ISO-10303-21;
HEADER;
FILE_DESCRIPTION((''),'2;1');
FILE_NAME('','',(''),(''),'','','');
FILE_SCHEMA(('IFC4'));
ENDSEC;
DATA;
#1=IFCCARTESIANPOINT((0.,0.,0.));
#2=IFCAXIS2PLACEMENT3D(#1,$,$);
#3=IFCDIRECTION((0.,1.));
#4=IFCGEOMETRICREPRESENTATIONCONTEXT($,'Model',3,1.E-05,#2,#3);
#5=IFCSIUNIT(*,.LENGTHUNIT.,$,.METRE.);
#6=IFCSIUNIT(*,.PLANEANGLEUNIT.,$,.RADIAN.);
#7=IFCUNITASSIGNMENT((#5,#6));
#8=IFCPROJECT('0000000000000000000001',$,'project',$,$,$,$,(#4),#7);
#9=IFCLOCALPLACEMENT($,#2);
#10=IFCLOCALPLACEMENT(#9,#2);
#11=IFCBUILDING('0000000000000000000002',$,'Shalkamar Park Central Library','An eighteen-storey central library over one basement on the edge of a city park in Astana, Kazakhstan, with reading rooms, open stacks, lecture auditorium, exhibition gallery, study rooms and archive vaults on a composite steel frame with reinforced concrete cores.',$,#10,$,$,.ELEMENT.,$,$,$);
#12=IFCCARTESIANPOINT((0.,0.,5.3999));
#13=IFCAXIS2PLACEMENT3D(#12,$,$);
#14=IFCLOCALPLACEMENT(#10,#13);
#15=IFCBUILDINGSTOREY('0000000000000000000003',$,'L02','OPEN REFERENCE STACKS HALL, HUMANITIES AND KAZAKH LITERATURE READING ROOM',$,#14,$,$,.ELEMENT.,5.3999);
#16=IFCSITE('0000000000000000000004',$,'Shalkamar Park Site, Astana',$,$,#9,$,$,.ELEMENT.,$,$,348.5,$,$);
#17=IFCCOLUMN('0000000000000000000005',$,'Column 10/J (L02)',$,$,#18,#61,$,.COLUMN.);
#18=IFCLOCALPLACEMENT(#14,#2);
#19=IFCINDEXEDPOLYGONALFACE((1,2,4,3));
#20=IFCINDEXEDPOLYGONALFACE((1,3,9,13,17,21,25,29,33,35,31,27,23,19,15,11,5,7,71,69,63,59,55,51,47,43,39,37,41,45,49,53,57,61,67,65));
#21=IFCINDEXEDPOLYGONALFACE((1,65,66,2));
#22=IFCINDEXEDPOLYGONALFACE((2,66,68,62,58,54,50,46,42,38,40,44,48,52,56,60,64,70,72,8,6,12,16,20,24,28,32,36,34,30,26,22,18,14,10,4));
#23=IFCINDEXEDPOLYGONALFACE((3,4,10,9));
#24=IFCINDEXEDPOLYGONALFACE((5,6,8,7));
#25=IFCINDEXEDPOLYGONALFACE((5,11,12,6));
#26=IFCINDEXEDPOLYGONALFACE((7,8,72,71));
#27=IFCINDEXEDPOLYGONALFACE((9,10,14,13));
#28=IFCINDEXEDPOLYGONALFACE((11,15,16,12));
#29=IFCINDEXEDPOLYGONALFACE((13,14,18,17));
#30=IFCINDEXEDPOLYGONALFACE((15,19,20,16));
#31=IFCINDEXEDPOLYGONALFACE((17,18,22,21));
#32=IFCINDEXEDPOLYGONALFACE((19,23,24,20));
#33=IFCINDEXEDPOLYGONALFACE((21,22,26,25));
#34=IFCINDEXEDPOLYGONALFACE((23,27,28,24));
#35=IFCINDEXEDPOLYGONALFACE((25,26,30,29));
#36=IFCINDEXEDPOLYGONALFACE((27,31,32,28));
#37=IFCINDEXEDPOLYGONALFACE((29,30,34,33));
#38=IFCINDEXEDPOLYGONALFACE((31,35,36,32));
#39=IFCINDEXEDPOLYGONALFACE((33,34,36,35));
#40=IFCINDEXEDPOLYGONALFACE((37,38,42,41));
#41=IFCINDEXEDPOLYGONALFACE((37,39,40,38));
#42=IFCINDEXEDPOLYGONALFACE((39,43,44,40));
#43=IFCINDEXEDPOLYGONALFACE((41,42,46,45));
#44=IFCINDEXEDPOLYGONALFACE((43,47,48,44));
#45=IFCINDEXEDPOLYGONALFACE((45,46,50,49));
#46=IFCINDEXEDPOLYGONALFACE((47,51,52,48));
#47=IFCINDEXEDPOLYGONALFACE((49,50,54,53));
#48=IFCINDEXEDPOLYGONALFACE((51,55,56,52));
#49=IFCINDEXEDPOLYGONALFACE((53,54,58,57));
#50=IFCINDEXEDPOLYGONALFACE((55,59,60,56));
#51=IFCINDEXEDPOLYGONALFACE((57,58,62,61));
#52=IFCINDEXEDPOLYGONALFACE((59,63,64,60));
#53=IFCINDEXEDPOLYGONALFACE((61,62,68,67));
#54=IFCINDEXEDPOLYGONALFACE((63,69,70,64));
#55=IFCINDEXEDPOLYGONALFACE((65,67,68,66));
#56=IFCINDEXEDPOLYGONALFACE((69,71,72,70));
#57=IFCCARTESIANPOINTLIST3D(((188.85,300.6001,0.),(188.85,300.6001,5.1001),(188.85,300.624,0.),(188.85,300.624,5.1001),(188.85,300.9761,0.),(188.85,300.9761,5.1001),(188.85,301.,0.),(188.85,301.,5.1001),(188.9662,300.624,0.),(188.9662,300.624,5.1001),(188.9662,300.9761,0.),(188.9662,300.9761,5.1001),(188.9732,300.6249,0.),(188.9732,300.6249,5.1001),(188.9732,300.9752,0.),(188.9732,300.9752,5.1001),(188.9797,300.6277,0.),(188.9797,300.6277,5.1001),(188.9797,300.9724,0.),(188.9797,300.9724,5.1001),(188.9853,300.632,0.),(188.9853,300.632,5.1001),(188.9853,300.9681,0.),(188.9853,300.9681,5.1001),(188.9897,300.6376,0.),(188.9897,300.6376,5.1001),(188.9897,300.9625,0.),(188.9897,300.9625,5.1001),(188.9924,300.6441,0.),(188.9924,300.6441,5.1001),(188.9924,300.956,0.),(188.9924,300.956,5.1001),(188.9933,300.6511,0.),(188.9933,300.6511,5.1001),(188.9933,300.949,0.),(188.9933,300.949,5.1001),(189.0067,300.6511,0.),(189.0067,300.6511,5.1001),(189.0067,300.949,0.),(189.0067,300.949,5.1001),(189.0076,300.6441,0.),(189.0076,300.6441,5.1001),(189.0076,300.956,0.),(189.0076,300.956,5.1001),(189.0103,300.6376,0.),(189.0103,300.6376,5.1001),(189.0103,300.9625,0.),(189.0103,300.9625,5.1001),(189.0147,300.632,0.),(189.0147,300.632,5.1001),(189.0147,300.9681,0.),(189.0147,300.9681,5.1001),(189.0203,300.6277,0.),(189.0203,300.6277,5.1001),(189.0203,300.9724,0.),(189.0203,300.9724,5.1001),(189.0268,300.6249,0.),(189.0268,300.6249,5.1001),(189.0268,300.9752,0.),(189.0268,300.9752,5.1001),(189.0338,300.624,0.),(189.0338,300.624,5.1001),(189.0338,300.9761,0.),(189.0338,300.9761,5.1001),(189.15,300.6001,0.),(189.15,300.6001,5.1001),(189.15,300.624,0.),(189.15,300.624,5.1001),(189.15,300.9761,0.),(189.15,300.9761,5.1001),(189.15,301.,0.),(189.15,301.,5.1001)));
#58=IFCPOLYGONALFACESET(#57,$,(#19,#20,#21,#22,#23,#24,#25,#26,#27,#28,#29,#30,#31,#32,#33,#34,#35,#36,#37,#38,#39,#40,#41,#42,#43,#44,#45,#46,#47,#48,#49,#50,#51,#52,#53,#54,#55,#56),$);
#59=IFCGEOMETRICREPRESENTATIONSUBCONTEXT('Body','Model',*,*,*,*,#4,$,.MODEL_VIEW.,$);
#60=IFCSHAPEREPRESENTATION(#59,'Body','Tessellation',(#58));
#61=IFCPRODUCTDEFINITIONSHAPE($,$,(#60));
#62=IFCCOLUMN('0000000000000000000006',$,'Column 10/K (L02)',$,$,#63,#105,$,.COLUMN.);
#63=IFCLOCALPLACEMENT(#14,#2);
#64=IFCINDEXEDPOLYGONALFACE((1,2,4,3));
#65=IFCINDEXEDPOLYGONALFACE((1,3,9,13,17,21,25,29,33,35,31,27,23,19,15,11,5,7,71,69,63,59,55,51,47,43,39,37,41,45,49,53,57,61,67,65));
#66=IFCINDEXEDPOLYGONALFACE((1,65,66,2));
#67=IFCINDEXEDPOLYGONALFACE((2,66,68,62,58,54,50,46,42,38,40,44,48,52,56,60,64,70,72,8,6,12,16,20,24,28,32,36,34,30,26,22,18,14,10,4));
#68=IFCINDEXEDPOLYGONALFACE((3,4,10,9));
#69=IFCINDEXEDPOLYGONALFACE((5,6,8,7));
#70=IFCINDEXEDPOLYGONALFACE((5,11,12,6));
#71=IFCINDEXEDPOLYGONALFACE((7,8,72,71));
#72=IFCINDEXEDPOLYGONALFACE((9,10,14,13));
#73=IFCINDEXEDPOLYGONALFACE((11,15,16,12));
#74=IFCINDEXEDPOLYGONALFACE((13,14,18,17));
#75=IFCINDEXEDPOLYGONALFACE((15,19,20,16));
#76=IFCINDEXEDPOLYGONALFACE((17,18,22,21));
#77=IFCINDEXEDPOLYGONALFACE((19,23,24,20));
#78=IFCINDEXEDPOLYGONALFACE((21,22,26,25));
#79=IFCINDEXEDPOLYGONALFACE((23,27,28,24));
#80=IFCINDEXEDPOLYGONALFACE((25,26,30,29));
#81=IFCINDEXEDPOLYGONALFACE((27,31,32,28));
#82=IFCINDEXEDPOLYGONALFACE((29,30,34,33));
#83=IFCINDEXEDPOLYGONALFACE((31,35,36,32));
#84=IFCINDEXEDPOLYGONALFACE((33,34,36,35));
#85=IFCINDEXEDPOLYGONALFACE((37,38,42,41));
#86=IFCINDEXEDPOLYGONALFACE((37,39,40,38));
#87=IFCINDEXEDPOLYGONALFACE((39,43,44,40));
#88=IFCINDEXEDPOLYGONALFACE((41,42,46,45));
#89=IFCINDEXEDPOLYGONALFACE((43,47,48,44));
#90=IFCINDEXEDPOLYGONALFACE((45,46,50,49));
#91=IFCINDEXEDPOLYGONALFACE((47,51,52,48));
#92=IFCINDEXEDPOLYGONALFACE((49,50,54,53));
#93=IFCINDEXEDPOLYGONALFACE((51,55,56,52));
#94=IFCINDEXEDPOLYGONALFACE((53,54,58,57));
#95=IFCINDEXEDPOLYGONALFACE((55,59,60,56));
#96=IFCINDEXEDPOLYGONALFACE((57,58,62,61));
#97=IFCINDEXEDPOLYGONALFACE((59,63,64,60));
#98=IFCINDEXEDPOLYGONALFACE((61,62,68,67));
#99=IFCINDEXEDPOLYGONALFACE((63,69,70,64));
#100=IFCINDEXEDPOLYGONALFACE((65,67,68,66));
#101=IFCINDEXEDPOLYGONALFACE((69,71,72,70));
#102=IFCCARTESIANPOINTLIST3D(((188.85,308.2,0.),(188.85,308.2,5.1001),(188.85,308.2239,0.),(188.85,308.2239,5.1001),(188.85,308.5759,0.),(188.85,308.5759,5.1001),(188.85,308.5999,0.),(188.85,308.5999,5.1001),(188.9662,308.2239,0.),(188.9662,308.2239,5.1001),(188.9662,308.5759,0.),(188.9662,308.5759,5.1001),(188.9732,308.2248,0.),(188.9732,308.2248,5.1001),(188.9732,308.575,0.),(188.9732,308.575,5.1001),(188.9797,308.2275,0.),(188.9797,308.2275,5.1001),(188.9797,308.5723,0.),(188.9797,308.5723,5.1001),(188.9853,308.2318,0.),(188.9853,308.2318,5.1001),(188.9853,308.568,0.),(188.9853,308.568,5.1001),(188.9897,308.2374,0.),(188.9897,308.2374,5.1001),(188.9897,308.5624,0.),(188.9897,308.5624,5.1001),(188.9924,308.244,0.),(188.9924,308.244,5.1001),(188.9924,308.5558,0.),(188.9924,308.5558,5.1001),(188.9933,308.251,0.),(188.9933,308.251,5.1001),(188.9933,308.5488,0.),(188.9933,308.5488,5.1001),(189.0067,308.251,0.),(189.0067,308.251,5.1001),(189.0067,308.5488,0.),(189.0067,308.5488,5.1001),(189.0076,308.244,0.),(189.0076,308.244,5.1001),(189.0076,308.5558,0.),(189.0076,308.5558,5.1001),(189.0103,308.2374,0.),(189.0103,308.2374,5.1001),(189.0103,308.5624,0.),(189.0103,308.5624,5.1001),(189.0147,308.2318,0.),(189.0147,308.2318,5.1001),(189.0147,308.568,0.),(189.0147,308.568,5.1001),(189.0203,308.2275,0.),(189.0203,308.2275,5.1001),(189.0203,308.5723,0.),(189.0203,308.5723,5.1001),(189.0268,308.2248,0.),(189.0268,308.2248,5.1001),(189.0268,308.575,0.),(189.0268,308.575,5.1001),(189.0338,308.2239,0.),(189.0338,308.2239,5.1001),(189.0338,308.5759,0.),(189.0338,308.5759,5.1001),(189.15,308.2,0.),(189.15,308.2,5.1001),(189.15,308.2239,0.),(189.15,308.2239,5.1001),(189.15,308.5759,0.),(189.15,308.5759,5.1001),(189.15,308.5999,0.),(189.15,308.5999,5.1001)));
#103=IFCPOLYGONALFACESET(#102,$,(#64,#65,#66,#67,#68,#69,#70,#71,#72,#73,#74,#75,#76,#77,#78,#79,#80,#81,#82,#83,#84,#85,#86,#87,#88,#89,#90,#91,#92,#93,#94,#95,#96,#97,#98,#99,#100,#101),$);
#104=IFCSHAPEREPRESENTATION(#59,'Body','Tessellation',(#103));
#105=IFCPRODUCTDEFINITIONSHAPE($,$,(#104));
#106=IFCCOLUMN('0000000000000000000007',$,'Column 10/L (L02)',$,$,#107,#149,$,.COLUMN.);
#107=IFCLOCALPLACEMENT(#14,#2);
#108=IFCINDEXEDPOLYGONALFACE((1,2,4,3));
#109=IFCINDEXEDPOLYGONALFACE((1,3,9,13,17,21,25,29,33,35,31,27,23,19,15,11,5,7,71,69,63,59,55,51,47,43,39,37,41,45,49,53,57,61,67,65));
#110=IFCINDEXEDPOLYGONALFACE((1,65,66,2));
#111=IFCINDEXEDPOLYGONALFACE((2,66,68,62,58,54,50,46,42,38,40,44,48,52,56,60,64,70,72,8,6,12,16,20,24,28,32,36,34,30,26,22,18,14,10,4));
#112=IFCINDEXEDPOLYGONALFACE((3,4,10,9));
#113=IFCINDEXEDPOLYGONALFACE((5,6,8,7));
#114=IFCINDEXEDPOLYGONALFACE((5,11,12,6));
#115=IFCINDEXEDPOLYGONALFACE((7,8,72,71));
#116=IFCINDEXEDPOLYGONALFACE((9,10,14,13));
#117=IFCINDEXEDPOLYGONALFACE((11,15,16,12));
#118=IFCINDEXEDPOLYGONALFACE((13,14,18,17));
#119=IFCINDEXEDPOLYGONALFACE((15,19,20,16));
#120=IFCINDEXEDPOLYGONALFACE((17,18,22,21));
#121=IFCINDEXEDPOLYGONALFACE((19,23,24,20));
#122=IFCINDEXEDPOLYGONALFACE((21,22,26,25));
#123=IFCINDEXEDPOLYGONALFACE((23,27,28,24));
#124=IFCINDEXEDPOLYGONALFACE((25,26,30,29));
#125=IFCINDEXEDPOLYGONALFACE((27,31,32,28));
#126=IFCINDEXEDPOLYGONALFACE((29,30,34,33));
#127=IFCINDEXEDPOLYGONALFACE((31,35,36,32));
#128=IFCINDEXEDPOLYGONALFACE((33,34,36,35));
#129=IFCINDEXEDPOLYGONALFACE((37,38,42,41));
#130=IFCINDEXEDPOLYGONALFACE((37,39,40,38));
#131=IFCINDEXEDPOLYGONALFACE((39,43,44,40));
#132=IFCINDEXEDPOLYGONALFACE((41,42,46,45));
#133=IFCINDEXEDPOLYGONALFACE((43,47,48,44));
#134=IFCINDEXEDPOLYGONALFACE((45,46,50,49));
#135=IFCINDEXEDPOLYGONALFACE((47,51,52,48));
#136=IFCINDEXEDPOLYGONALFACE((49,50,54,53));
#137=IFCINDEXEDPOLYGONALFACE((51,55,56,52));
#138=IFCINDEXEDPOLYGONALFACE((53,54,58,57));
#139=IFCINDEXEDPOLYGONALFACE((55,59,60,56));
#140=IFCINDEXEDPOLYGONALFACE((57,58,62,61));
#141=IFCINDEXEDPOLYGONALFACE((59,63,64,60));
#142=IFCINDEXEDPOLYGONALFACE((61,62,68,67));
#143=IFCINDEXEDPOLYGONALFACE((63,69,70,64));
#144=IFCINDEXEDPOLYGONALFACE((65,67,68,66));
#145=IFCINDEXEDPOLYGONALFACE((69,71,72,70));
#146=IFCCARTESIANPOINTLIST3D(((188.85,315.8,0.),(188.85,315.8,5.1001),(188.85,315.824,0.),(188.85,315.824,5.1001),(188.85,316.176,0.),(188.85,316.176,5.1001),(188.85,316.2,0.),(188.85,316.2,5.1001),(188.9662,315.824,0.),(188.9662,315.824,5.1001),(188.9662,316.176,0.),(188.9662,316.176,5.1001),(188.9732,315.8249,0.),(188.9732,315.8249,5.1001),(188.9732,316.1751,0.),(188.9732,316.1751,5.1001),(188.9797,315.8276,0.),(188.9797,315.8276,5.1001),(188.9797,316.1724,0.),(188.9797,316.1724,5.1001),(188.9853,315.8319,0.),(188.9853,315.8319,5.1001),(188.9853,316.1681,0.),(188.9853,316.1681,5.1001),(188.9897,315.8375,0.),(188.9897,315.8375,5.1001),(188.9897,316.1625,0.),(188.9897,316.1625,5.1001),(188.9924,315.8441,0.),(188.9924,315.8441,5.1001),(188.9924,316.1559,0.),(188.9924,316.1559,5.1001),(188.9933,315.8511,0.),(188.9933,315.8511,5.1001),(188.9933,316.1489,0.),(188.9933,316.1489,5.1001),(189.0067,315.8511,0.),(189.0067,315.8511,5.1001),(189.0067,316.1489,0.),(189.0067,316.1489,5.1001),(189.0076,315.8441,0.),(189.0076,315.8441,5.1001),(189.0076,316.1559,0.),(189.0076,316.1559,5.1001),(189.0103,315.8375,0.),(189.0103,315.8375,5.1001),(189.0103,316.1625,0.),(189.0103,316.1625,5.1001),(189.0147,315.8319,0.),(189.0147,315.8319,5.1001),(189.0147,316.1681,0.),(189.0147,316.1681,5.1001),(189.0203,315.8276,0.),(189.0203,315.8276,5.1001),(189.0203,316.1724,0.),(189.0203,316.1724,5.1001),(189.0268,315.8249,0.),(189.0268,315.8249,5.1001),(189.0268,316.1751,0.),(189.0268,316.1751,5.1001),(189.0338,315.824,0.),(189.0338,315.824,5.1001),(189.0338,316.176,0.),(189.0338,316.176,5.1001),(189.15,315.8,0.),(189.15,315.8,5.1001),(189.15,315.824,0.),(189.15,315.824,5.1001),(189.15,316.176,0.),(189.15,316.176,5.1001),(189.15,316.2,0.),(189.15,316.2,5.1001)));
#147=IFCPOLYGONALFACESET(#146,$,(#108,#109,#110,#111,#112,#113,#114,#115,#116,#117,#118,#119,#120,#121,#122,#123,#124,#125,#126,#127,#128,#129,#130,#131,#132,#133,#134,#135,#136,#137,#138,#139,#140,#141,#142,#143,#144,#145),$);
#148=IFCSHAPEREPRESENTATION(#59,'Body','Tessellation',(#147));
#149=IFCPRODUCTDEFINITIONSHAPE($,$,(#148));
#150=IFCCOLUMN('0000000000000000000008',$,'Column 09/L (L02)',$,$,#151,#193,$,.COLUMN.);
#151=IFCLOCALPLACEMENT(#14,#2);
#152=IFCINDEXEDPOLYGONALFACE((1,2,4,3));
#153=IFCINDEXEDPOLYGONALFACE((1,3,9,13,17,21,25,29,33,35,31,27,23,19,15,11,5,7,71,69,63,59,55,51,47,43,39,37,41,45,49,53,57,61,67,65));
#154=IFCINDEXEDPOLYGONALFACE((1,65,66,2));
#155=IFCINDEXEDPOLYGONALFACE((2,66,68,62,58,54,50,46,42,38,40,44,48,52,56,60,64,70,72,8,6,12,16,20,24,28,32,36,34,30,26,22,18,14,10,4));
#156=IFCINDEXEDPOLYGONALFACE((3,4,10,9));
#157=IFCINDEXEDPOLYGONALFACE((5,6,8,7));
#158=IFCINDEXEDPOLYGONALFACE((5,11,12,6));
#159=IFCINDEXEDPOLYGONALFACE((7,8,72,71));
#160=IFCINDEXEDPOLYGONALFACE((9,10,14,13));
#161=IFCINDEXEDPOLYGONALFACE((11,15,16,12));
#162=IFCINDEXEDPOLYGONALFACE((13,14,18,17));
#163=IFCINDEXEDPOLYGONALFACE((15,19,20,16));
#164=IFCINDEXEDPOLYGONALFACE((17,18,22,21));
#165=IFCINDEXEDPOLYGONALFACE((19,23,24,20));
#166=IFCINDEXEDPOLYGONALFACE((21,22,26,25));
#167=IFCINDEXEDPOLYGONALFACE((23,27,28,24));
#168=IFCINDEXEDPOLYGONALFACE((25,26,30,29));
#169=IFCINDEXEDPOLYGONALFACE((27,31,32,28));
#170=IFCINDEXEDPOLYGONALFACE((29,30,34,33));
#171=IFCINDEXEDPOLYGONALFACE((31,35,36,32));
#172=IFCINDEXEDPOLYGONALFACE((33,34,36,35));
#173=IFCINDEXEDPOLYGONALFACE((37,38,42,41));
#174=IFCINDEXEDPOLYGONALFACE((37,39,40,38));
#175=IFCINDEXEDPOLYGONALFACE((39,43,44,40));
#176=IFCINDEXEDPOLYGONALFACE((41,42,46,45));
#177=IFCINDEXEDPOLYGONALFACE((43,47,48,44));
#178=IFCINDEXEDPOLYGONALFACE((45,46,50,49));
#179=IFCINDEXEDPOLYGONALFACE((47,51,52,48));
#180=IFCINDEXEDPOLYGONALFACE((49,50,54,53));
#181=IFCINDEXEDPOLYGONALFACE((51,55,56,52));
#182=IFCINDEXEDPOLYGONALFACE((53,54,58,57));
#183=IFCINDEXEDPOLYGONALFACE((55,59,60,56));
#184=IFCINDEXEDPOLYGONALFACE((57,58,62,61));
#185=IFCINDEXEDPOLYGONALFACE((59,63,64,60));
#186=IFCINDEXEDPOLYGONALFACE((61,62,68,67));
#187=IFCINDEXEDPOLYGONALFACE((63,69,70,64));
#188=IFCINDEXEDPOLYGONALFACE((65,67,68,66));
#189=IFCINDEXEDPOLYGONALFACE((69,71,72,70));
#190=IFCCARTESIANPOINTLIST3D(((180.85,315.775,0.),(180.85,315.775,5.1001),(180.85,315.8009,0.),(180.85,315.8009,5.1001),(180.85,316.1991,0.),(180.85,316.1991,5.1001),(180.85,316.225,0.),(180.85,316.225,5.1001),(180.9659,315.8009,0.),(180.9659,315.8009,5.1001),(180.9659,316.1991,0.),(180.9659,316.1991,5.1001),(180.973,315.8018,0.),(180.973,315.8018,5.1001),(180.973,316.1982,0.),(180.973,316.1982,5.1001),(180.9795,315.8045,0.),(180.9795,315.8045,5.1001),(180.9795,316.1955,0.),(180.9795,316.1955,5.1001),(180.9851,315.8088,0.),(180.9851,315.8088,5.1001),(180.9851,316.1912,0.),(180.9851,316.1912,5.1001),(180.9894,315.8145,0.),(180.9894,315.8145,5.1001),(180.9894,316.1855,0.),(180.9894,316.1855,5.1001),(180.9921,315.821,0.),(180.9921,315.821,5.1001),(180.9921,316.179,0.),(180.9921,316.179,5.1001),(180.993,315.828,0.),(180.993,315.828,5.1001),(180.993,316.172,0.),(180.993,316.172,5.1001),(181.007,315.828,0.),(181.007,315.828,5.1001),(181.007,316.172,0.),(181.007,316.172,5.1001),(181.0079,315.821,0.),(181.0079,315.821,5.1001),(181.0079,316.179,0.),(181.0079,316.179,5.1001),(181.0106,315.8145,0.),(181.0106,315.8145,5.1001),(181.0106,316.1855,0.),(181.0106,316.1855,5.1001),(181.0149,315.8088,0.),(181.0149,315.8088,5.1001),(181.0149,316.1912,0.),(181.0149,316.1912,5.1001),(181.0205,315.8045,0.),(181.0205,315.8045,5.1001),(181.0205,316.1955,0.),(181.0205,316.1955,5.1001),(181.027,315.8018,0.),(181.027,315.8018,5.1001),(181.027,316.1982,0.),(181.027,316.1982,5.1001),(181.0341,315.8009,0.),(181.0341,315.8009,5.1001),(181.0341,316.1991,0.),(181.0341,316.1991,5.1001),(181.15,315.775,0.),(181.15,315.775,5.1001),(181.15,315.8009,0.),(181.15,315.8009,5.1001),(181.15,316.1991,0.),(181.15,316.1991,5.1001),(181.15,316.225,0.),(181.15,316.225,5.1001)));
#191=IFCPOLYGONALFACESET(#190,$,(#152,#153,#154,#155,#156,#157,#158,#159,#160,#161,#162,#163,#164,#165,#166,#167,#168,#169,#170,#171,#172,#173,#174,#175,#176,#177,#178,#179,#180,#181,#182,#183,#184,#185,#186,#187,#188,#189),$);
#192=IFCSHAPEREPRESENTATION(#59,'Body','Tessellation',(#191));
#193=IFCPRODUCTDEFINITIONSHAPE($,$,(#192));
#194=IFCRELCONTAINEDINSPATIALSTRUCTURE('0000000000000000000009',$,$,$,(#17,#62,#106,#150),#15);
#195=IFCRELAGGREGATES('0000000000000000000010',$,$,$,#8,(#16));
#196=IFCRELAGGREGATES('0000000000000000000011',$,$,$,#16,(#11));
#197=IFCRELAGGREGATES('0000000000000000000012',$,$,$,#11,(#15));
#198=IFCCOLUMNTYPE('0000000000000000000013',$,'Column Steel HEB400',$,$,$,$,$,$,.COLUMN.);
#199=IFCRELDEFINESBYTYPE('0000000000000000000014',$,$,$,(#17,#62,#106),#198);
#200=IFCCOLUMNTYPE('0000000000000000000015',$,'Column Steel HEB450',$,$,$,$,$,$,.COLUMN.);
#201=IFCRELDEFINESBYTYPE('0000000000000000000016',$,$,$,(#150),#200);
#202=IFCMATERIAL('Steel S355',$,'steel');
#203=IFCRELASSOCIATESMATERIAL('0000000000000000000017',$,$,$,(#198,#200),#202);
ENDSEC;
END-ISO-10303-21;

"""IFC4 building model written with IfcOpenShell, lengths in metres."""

from ifc_helpers import new_model, si_unit, direction, frame, origin, origin_2d, place, context, subcontext, project, spatial, i_section, extrude, material, material_profile, profile_set, type_object, element, save


model = new_model("IFC4")

# Units and contexts
model_context = context("Model", 3, precision=1e-05, world=origin(), true_north=direction((0.0, 1.0)))
body_context = subcontext(model_context, "Body", "Model", "MODEL_VIEW")
ifc_project = project(units=[si_unit("LENGTHUNIT", "METRE"), si_unit("PLANEANGLEUNIT", "RADIAN")], contexts=[model_context])

# Site, building, storey
site_placement = place(None, origin())
site = spatial("IfcSite", under=ifc_project, at=site_placement, Name="Shalkamar Park Site, Astana", CompositionType="ELEMENT", RefElevation=348.5)
building_placement = place(site_placement, origin())
building = spatial("IfcBuilding", under=site, at=building_placement, Name="Shalkamar Park Central Library", Description="An eighteen-storey central library over one basement on the edge of a city park in Astana, Kazakhstan, with reading rooms, open stacks, lecture auditorium, exhibition gallery, study rooms and archive vaults on a composite steel frame with reinforced concrete cores.", CompositionType="ELEMENT")
storey_placement = place(building_placement, frame((0.0, 0.0, 5.3999)))
storey = spatial("IfcBuildingStorey", under=building, at=storey_placement, Name="L02", Description="OPEN REFERENCE STACKS HALL, HUMANITIES AND KAZAKH LITERATURE READING ROOM", CompositionType="ELEMENT", Elevation=5.3999)

# Columns
ifc_material_1 = material(Name="Steel S355", Category="steel")
ifc_material_profile_1 = material_profile(ifc_material_1, i_section(OverallWidth=0.3, OverallDepth=0.3999, WebThickness=0.0134, FlangeThickness=0.0239, FilletRadius=0.0271, at=origin_2d()), Name="HEB 400")
ifc_profile_set_1 = profile_set([ifc_material_profile_1], Name="Steel S355")
column_type_1 = type_object("IfcColumnType", Name="Column Steel HEB400", PredefinedType="COLUMN", material=ifc_profile_set_1)
for number, where, z_axis, x_axis, name in (
    (1, (189.0, 300.8, 0.0), (0.0, 0.0, 1.0), (1.0, 0.0, 0.0), "Column 10/J (L02)"),
    (2, (189.0, 308.3999, 0.0), (0.0, 0.0, 1.0), (1.0, 0.0, 0.0), "Column 10/K (L02)"),
    (3, (189.0, 316.0, 0.0), (0.0, 0.0, 1.0), (1.0, 0.0, 0.0), "Column 10/L (L02)"),
):
    element("IfcColumn", number, at=place(storey_placement, frame(where, z_axis=z_axis, x_axis=x_axis)), inside=storey, type_object=column_type_1, Name=name, PredefinedType="COLUMN", context=body_context, shape_type="SweptSolid", body=[
        extrude(i_section(OverallWidth=0.3, OverallDepth=0.3999, WebThickness=0.0134, FlangeThickness=0.0239, FilletRadius=0.0271, at=origin_2d()), origin(), (0.0, 0.0, 1.0), 5.1001),
    ])
ifc_material_profile_2 = material_profile(ifc_material_1, i_section(OverallWidth=0.3, OverallDepth=0.45, WebThickness=0.0139, FlangeThickness=0.0259, FilletRadius=0.0271, at=origin_2d()), Name="HEB 450")
ifc_profile_set_2 = profile_set([ifc_material_profile_2], Name="Steel S355")
column_type_2 = type_object("IfcColumnType", Name="Column Steel HEB450", PredefinedType="COLUMN", material=ifc_profile_set_2)
for number, where, z_axis, x_axis, name in (
    (4, (181.0, 316.0, 0.0), (0.0, 0.0, 1.0), (1.0, 0.0, 0.0), "Column 09/L (L02)"),
):
    element("IfcColumn", number, at=place(storey_placement, frame(where, z_axis=z_axis, x_axis=x_axis)), inside=storey, type_object=column_type_2, Name=name, PredefinedType="COLUMN", context=body_context, shape_type="SweptSolid", body=[
        extrude(i_section(OverallWidth=0.3, OverallDepth=0.45, WebThickness=0.0139, FlangeThickness=0.0259, FilletRadius=0.0271, at=origin_2d()), origin(), (0.0, 0.0, 1.0), 5.1001),
    ])

save(model, "model.ifc")
